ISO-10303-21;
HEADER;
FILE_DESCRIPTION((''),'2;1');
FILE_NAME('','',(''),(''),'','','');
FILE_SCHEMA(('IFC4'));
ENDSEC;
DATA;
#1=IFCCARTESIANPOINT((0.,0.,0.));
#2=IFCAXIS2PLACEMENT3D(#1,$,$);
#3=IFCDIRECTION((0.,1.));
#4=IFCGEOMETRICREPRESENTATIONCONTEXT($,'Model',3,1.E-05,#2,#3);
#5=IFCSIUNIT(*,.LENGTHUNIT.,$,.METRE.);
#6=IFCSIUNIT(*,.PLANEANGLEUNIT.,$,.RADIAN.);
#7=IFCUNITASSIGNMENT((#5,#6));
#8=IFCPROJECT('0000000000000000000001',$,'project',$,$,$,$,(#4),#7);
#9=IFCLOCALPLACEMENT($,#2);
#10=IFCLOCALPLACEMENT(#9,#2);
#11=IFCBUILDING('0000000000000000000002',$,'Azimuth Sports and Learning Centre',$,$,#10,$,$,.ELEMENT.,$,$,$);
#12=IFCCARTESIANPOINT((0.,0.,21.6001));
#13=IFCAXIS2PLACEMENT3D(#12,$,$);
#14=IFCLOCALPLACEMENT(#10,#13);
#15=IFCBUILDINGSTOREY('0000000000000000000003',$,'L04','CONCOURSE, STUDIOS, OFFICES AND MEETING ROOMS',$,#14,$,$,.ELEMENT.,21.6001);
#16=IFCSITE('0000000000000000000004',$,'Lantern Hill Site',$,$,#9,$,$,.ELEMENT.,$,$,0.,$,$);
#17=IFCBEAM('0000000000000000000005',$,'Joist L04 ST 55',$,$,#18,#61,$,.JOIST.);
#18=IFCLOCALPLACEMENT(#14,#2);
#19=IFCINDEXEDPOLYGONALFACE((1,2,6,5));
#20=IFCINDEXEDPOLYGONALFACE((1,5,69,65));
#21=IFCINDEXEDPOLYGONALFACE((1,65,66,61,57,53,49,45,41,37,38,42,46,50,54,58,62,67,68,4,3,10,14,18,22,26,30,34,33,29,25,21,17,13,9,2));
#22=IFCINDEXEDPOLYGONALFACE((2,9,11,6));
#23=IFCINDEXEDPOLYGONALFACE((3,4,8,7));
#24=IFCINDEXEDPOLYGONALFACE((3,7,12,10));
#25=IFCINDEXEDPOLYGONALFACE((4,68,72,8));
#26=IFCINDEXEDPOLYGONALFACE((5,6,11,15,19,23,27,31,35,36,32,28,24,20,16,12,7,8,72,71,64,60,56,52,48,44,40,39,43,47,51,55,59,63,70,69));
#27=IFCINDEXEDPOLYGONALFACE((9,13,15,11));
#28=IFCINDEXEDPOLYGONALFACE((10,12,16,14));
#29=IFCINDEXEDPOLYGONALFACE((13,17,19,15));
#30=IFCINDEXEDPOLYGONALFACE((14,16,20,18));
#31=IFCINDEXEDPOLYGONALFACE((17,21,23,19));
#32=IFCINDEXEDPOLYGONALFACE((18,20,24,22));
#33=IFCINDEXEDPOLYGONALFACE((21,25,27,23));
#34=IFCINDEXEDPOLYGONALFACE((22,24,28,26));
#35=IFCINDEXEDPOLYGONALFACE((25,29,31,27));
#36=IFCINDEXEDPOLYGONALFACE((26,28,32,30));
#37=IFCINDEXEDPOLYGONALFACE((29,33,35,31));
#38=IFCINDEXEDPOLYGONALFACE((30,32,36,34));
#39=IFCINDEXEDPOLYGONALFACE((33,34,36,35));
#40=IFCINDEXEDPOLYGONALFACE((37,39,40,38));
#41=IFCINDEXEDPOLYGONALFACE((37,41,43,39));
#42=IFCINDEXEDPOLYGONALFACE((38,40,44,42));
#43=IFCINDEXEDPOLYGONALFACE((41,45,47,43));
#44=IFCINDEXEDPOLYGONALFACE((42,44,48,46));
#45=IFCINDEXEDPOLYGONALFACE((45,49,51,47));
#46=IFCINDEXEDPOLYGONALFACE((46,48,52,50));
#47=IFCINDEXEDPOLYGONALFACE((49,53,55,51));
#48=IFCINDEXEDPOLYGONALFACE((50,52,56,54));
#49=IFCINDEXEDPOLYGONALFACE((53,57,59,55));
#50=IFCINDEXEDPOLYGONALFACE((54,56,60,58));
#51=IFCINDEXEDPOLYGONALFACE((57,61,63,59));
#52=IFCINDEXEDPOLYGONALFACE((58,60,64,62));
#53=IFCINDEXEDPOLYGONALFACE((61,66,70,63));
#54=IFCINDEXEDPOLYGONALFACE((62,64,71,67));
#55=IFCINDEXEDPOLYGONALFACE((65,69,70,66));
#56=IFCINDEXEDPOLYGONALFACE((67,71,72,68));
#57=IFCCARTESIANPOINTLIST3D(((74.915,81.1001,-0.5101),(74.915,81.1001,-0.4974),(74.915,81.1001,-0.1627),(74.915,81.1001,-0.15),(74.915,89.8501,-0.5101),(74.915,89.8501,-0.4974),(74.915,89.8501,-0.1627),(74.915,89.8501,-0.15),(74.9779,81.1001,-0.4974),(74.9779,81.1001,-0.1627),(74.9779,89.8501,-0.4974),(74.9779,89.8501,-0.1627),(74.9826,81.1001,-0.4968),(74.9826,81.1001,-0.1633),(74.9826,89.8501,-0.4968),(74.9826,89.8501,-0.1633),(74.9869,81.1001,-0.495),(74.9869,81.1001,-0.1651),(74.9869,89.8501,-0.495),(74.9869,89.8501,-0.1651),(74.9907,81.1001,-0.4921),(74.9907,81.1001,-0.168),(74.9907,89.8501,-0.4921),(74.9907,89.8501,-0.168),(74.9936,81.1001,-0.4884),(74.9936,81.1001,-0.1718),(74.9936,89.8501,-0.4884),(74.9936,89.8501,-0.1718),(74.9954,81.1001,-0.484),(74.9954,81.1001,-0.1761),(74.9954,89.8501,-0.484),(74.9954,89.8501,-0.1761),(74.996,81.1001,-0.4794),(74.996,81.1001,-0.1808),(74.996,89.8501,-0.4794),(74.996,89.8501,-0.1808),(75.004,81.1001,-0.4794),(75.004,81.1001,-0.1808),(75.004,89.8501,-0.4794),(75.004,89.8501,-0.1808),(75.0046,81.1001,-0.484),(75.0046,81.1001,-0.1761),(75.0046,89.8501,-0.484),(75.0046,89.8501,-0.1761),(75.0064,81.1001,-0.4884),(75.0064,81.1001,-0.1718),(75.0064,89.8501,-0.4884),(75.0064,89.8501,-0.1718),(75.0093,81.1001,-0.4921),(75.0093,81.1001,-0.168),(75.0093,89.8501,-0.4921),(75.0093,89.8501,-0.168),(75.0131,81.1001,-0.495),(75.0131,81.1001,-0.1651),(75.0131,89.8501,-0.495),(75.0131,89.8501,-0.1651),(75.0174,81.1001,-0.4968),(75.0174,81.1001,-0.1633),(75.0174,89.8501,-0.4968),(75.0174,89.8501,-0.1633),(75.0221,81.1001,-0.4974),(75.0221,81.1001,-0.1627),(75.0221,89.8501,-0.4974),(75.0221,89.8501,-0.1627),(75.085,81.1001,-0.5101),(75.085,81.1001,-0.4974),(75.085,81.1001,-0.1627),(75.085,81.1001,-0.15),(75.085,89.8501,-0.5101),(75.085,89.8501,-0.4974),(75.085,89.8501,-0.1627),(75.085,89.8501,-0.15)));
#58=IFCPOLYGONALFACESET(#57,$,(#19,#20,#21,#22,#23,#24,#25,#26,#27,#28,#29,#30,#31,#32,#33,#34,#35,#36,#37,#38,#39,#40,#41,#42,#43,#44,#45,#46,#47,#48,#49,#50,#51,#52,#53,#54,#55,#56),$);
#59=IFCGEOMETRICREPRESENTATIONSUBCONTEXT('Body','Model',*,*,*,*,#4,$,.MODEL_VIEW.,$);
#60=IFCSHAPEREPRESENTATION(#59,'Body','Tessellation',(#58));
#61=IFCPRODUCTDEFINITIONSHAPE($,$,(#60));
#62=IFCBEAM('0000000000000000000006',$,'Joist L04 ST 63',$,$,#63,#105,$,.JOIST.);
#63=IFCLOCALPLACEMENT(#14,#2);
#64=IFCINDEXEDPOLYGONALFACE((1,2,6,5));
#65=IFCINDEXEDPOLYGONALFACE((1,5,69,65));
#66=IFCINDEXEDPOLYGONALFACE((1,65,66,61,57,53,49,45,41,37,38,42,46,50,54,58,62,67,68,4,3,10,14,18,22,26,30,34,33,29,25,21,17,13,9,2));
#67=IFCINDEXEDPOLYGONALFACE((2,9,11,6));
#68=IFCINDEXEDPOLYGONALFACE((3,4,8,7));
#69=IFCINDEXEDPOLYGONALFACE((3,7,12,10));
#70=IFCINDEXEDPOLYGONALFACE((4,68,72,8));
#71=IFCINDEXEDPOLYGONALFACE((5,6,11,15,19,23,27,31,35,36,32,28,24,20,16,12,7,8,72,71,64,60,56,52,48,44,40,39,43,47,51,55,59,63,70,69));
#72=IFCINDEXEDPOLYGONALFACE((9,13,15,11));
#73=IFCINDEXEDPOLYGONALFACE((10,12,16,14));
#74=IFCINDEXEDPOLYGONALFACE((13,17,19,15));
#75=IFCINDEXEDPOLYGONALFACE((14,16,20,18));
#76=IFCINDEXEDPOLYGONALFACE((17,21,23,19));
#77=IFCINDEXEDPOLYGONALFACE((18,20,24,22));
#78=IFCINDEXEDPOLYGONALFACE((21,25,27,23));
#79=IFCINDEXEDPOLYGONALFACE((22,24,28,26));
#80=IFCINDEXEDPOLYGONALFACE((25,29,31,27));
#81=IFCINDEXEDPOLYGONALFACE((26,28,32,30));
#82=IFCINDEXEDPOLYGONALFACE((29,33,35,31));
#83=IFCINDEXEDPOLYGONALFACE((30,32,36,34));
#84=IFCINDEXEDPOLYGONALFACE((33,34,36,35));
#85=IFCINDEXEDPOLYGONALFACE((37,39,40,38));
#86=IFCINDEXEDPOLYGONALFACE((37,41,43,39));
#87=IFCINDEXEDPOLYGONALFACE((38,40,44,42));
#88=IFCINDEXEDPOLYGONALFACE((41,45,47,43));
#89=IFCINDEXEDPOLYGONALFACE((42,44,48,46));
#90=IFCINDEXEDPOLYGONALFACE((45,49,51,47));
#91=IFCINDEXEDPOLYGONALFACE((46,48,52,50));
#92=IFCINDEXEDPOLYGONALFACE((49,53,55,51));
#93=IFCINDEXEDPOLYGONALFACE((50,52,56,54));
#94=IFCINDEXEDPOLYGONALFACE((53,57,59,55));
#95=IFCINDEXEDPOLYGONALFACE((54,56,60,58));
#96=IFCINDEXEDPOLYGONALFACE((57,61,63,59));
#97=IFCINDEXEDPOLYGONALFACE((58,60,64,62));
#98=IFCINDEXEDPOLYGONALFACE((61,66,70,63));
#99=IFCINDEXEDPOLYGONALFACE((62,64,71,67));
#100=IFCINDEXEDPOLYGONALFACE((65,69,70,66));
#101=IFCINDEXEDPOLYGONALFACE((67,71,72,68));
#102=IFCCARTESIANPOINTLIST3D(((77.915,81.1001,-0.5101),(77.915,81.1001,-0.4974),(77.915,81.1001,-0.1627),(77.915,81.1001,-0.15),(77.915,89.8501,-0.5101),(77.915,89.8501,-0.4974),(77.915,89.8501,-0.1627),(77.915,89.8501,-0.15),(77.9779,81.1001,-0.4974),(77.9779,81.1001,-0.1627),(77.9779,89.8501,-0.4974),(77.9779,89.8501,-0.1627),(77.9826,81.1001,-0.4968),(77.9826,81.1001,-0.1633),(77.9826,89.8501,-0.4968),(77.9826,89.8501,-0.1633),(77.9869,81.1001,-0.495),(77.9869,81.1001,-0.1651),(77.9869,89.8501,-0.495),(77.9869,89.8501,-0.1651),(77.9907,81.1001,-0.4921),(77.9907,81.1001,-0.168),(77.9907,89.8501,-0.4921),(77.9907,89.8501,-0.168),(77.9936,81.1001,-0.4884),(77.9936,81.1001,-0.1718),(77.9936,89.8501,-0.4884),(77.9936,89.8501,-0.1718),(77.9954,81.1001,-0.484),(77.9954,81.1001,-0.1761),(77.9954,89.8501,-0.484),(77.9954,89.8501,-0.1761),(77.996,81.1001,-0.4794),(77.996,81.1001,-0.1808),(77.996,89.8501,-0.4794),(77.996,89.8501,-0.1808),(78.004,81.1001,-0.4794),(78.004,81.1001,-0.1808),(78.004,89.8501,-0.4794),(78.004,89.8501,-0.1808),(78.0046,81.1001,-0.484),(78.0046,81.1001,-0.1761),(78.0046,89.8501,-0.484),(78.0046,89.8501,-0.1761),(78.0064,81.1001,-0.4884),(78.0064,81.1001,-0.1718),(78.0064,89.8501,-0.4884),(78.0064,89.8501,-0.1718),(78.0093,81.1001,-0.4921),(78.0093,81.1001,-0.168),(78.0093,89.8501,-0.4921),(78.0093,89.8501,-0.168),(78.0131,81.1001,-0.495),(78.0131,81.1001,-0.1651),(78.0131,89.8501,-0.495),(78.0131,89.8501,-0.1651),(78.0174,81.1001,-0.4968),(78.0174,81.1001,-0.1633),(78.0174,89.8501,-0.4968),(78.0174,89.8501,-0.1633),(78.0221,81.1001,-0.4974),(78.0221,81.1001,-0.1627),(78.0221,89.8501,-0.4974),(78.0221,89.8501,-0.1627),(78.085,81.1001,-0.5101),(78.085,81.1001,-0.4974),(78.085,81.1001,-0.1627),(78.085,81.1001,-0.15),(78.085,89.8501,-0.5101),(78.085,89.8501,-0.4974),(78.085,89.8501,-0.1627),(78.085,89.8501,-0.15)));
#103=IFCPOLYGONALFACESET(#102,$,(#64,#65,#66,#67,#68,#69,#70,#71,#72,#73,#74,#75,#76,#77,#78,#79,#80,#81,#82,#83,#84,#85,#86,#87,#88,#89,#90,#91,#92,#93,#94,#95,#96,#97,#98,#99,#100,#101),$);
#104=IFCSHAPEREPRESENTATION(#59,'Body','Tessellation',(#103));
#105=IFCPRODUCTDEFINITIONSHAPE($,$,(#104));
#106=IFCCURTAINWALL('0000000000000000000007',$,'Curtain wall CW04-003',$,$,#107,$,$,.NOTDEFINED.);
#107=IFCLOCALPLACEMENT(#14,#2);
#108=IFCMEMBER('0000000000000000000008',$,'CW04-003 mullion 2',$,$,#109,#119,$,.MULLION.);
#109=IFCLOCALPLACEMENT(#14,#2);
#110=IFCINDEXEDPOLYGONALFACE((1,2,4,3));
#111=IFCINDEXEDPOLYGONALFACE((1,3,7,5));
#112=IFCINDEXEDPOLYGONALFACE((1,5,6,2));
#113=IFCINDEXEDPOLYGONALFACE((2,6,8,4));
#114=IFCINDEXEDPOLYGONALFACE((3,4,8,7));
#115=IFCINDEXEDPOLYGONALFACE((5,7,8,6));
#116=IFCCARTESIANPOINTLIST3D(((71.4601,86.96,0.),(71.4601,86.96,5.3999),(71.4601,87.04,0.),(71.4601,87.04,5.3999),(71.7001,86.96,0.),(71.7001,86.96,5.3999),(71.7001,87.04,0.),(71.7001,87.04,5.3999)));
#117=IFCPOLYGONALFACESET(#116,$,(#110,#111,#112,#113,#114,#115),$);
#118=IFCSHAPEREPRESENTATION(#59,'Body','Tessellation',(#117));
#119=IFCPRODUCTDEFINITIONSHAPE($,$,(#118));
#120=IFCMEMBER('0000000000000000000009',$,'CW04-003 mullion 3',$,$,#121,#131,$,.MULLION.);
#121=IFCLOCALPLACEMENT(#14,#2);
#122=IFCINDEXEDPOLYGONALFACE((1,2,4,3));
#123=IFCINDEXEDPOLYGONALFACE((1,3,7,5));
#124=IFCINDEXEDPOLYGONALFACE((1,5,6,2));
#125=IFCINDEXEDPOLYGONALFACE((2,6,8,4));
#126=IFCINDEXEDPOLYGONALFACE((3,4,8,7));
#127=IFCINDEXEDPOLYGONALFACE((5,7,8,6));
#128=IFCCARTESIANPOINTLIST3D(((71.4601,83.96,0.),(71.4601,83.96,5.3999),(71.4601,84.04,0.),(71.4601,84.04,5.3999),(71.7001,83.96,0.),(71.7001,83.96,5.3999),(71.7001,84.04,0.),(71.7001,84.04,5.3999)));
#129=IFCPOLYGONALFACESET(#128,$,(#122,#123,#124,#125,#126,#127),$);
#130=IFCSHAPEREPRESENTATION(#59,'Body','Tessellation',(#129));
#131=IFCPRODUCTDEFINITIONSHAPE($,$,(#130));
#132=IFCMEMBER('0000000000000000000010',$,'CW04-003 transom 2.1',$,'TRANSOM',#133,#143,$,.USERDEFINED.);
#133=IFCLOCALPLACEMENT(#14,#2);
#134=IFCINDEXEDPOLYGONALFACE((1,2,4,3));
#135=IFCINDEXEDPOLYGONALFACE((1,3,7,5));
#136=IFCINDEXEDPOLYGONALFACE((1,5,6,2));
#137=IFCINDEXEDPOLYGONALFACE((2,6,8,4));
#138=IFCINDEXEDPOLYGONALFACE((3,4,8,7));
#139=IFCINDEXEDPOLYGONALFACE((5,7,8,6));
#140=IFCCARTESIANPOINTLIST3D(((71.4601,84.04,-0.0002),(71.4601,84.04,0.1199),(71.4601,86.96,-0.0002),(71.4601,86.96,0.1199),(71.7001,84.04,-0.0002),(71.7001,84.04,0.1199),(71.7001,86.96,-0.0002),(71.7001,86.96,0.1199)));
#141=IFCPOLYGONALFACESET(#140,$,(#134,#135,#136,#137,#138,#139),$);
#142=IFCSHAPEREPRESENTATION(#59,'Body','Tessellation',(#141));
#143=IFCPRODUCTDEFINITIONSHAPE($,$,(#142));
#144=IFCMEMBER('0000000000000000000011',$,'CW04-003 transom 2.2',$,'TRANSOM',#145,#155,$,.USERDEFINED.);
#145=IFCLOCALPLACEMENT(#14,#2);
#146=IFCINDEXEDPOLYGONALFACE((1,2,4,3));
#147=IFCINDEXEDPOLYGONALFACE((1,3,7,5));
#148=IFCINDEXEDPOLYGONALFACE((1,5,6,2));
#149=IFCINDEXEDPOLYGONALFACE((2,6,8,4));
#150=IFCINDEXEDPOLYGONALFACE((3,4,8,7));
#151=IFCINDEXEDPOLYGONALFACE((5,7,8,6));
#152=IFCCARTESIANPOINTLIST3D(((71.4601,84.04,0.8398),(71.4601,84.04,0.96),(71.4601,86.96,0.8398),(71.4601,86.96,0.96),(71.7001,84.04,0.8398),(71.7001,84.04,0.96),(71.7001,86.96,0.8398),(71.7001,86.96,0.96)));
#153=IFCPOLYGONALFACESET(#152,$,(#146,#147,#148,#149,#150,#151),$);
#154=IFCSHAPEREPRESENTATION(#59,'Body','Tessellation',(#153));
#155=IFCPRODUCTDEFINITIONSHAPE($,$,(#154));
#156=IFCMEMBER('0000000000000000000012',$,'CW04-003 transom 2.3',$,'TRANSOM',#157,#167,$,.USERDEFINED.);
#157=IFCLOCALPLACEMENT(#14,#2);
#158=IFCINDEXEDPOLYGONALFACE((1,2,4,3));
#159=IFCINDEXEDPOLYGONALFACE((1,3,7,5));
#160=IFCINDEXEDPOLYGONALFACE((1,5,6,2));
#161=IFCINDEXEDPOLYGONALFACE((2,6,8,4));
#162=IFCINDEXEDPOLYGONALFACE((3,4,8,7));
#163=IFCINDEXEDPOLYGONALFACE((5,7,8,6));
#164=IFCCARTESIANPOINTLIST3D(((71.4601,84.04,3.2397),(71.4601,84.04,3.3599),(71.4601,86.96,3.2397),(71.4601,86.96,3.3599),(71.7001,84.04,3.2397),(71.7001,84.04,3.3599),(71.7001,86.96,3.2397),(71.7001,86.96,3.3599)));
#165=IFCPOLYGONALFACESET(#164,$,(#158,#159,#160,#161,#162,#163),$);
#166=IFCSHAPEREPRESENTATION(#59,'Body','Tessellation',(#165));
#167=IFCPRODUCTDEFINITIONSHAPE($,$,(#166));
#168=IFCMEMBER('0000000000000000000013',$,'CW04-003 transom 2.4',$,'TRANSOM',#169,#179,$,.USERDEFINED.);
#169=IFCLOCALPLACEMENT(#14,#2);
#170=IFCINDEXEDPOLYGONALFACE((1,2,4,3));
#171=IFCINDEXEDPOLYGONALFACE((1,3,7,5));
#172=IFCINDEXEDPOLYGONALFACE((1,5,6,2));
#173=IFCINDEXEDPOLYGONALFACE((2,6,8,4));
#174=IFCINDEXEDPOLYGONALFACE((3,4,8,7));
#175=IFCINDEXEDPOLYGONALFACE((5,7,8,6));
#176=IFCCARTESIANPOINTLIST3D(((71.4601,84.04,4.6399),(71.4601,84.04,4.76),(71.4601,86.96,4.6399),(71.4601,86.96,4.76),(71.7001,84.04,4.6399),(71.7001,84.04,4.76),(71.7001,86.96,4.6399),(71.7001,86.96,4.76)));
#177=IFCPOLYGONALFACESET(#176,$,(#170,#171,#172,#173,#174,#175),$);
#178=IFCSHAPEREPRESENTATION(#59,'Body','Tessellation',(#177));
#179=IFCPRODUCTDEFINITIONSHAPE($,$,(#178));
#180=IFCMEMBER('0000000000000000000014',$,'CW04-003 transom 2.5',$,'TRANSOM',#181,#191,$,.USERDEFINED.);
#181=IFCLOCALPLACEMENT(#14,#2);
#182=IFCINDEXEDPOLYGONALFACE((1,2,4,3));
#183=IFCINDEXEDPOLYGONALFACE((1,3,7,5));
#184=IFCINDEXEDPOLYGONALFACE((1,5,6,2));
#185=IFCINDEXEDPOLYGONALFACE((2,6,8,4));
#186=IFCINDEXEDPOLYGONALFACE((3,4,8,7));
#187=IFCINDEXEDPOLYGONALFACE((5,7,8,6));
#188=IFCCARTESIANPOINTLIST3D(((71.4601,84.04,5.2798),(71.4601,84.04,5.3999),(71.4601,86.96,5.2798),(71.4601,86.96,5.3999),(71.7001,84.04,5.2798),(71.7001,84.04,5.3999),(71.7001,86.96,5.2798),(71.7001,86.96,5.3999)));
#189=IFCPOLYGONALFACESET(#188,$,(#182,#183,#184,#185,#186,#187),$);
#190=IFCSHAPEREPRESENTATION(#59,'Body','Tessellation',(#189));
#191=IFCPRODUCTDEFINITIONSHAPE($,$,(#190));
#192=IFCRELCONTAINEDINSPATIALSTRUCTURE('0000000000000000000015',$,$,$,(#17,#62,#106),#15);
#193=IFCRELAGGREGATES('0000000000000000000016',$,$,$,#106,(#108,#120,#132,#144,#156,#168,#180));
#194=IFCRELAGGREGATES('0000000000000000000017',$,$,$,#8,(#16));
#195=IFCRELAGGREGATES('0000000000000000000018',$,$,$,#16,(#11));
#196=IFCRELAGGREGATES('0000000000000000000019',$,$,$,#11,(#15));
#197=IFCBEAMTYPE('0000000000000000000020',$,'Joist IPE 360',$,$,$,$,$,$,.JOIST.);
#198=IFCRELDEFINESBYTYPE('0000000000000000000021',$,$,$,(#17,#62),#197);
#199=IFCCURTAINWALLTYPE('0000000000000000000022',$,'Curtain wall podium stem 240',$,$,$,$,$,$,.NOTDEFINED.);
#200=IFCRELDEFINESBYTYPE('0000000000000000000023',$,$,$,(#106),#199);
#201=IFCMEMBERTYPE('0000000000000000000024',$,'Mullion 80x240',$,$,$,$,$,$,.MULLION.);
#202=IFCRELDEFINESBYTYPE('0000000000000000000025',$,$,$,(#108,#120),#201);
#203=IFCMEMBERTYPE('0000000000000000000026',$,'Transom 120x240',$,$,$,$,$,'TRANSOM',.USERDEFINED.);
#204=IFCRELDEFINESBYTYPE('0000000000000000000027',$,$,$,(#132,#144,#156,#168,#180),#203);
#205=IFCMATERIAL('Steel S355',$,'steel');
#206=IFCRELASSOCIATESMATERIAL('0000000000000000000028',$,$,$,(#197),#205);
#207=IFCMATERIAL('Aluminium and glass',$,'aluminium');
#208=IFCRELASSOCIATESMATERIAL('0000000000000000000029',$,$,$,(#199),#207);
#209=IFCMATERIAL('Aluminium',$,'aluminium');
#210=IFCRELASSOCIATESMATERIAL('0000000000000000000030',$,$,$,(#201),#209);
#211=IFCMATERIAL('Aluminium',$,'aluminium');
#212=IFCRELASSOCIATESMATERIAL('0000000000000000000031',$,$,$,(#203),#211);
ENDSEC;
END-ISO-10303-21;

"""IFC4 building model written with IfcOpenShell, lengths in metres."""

from ifc_helpers import new_model, si_unit, direction, frame, origin, origin_2d, place, context, subcontext, project, spatial, rectangle, i_section, extrude, material, material_profile, profile_set, type_object, element, aggregate, save


model = new_model("IFC4")

# Units and contexts
model_context = context("Model", 3, precision=1e-05, world=origin(), true_north=direction((0.0, 1.0)))
body_context = subcontext(model_context, "Body", "Model", "MODEL_VIEW")
ifc_project = project(units=[si_unit("LENGTHUNIT", "METRE"), si_unit("PLANEANGLEUNIT", "RADIAN")], contexts=[model_context])

# Site, building, storey
site_placement = place(None, origin())
site = spatial("IfcSite", under=ifc_project, at=site_placement, Name="Lantern Hill Site", CompositionType="ELEMENT", RefElevation=0.0)
building_placement = place(site_placement, origin())
building = spatial("IfcBuilding", under=site, at=building_placement, Name="Azimuth Sports and Learning Centre", CompositionType="ELEMENT")
storey_placement = place(building_placement, frame((0.0, 0.0, 21.6001)))
storey = spatial("IfcBuildingStorey", under=building, at=storey_placement, Name="L04", Description="CONCOURSE, STUDIOS, OFFICES AND MEETING ROOMS", CompositionType="ELEMENT", Elevation=21.6001)

# Beams
ifc_material_1 = material(Name="Steel S355", Category="steel")
ifc_material_profile_1 = material_profile(ifc_material_1, i_section(OverallWidth=0.1699, OverallDepth=0.3601, WebThickness=0.0081, FlangeThickness=0.0127, FilletRadius=0.0181, at=origin_2d()), Name="IPE 360")
ifc_profile_set_1 = profile_set([ifc_material_profile_1], Name="Steel S355")
beam_type_1 = type_object("IfcBeamType", Name="Joist IPE 360", PredefinedType="JOIST", material=ifc_profile_set_1)
for number, where, z_axis, x_axis, name in (
    (1, (75.0, 81.1001, -0.3301), (0.0, 1.0, 0.0), (-1.0, 0.0, 0.0), "Joist L04 ST 55"),
    (2, (78.0, 81.1001, -0.3301), (0.0, 1.0, 0.0), (-1.0, 0.0, 0.0), "Joist L04 ST 63"),
):
    element("IfcBeam", number, at=place(storey_placement, frame(where, z_axis=z_axis, x_axis=x_axis)), inside=storey, type_object=beam_type_1, Name=name, PredefinedType="JOIST", context=body_context, shape_type="SweptSolid", body=[
        extrude(i_section(OverallWidth=0.1699, OverallDepth=0.3601, WebThickness=0.0081, FlangeThickness=0.0127, FilletRadius=0.0181, at=origin_2d()), origin(), (0.0, 0.0, 1.0), 8.75),
    ])

# Curtain wall, members
ifc_material_2 = material(Name="Aluminium and glass", Category="aluminium")
curtain_wall_type = type_object("IfcCurtainWallType", Name="Curtain wall podium stem 240", PredefinedType="NOTDEFINED", material=ifc_material_2)
curtain_wall_placement = place(storey_placement, origin())
curtain_wall = element("IfcCurtainWall", 3, at=curtain_wall_placement, inside=storey, type_object=curtain_wall_type, Name="Curtain wall CW04-003", PredefinedType="NOTDEFINED")
ifc_material_3 = material(Name="Aluminium", Category="aluminium")
ifc_material_profile_2 = material_profile(ifc_material_3, rectangle(XDim=0.24, YDim=0.0801, at=origin_2d()), Name="Mullion 80x240")
ifc_profile_set_2 = profile_set([ifc_material_profile_2], Name="Aluminium")
member_type_1 = type_object("IfcMemberType", Name="Mullion 80x240", PredefinedType="MULLION", material=ifc_profile_set_2)
member_1_placement = place(storey_placement, frame((71.5801, 87.0, 0.0), z_axis=(0.0, 0.0, 1.0), x_axis=(1.0, 0.0, 0.0)))
member_1 = element("IfcMember", 4, at=member_1_placement, type_object=member_type_1, Name="CW04-003 mullion 2", PredefinedType="MULLION", context=body_context, shape_type="SweptSolid", body=[
    extrude(rectangle(XDim=0.24, YDim=0.0801, at=origin_2d()), origin(), (0.0, 0.0, 1.0), 5.3999),
])
member_2_placement = place(storey_placement, frame((71.5801, 84.0, 0.0), z_axis=(0.0, 0.0, 1.0), x_axis=(1.0, 0.0, 0.0)))
member_2 = element("IfcMember", 5, at=member_2_placement, type_object=member_type_1, Name="CW04-003 mullion 3", PredefinedType="MULLION", context=body_context, shape_type="SweptSolid", body=[
    extrude(rectangle(XDim=0.24, YDim=0.0801, at=origin_2d()), origin(), (0.0, 0.0, 1.0), 5.3999),
])
ifc_material_4 = material(Name="Aluminium", Category="aluminium")
ifc_material_profile_3 = material_profile(ifc_material_4, rectangle(XDim=0.24, YDim=0.1201, at=origin_2d()), Name="Transom 120x240")
ifc_profile_set_3 = profile_set([ifc_material_profile_3], Name="Aluminium")
member_type_2 = type_object("IfcMemberType", Name="Transom 120x240", ElementType="TRANSOM", PredefinedType="USERDEFINED", material=ifc_profile_set_3)
member_3_placement = place(storey_placement, frame((71.5801, 86.96, 0.0598), z_axis=(0.0, -1.0, 0.0), x_axis=(1.0, 0.0, 0.0)))
member_3 = element("IfcMember", 6, at=member_3_placement, type_object=member_type_2, Name="CW04-003 transom 2.1", ObjectType="TRANSOM", PredefinedType="USERDEFINED", context=body_context, shape_type="SweptSolid", body=[
    extrude(rectangle(XDim=0.24, YDim=0.1201, at=origin_2d()), origin(), (0.0, 0.0, 1.0), 2.9199),
])
member_4_placement = place(storey_placement, frame((71.5801, 86.96, 0.8999), z_axis=(0.0, -1.0, 0.0), x_axis=(1.0, 0.0, 0.0)))
member_4 = element("IfcMember", 7, at=member_4_placement, type_object=member_type_2, Name="CW04-003 transom 2.2", ObjectType="TRANSOM", PredefinedType="USERDEFINED", context=body_context, shape_type="SweptSolid", body=[
    extrude(rectangle(XDim=0.24, YDim=0.1201, at=origin_2d()), origin(), (0.0, 0.0, 1.0), 2.9199),
])
member_5_placement = place(storey_placement, frame((71.5801, 86.96, 3.2998), z_axis=(0.0, -1.0, 0.0), x_axis=(1.0, 0.0, 0.0)))
member_5 = element("IfcMember", 8, at=member_5_placement, type_object=member_type_2, Name="CW04-003 transom 2.3", ObjectType="TRANSOM", PredefinedType="USERDEFINED", context=body_context, shape_type="SweptSolid", body=[
    extrude(rectangle(XDim=0.24, YDim=0.1201, at=origin_2d()), origin(), (0.0, 0.0, 1.0), 2.9199),
])
member_6_placement = place(storey_placement, frame((71.5801, 86.96, 4.7), z_axis=(0.0, -1.0, 0.0), x_axis=(1.0, 0.0, 0.0)))
member_6 = element("IfcMember", 9, at=member_6_placement, type_object=member_type_2, Name="CW04-003 transom 2.4", ObjectType="TRANSOM", PredefinedType="USERDEFINED", context=body_context, shape_type="SweptSolid", body=[
    extrude(rectangle(XDim=0.24, YDim=0.1201, at=origin_2d()), origin(), (0.0, 0.0, 1.0), 2.9199),
])
member_7_placement = place(storey_placement, frame((71.5801, 86.96, 5.3398), z_axis=(0.0, -1.0, 0.0), x_axis=(1.0, 0.0, 0.0)))
member_7 = element("IfcMember", 10, at=member_7_placement, type_object=member_type_2, Name="CW04-003 transom 2.5", ObjectType="TRANSOM", PredefinedType="USERDEFINED", context=body_context, shape_type="SweptSolid", body=[
    extrude(rectangle(XDim=0.24, YDim=0.1201, at=origin_2d()), origin(), (0.0, 0.0, 1.0), 2.9199),
])
aggregate(curtain_wall, [member_1, member_2, member_3, member_4, member_5, member_6, member_7])

save(model, "model.ifc")
